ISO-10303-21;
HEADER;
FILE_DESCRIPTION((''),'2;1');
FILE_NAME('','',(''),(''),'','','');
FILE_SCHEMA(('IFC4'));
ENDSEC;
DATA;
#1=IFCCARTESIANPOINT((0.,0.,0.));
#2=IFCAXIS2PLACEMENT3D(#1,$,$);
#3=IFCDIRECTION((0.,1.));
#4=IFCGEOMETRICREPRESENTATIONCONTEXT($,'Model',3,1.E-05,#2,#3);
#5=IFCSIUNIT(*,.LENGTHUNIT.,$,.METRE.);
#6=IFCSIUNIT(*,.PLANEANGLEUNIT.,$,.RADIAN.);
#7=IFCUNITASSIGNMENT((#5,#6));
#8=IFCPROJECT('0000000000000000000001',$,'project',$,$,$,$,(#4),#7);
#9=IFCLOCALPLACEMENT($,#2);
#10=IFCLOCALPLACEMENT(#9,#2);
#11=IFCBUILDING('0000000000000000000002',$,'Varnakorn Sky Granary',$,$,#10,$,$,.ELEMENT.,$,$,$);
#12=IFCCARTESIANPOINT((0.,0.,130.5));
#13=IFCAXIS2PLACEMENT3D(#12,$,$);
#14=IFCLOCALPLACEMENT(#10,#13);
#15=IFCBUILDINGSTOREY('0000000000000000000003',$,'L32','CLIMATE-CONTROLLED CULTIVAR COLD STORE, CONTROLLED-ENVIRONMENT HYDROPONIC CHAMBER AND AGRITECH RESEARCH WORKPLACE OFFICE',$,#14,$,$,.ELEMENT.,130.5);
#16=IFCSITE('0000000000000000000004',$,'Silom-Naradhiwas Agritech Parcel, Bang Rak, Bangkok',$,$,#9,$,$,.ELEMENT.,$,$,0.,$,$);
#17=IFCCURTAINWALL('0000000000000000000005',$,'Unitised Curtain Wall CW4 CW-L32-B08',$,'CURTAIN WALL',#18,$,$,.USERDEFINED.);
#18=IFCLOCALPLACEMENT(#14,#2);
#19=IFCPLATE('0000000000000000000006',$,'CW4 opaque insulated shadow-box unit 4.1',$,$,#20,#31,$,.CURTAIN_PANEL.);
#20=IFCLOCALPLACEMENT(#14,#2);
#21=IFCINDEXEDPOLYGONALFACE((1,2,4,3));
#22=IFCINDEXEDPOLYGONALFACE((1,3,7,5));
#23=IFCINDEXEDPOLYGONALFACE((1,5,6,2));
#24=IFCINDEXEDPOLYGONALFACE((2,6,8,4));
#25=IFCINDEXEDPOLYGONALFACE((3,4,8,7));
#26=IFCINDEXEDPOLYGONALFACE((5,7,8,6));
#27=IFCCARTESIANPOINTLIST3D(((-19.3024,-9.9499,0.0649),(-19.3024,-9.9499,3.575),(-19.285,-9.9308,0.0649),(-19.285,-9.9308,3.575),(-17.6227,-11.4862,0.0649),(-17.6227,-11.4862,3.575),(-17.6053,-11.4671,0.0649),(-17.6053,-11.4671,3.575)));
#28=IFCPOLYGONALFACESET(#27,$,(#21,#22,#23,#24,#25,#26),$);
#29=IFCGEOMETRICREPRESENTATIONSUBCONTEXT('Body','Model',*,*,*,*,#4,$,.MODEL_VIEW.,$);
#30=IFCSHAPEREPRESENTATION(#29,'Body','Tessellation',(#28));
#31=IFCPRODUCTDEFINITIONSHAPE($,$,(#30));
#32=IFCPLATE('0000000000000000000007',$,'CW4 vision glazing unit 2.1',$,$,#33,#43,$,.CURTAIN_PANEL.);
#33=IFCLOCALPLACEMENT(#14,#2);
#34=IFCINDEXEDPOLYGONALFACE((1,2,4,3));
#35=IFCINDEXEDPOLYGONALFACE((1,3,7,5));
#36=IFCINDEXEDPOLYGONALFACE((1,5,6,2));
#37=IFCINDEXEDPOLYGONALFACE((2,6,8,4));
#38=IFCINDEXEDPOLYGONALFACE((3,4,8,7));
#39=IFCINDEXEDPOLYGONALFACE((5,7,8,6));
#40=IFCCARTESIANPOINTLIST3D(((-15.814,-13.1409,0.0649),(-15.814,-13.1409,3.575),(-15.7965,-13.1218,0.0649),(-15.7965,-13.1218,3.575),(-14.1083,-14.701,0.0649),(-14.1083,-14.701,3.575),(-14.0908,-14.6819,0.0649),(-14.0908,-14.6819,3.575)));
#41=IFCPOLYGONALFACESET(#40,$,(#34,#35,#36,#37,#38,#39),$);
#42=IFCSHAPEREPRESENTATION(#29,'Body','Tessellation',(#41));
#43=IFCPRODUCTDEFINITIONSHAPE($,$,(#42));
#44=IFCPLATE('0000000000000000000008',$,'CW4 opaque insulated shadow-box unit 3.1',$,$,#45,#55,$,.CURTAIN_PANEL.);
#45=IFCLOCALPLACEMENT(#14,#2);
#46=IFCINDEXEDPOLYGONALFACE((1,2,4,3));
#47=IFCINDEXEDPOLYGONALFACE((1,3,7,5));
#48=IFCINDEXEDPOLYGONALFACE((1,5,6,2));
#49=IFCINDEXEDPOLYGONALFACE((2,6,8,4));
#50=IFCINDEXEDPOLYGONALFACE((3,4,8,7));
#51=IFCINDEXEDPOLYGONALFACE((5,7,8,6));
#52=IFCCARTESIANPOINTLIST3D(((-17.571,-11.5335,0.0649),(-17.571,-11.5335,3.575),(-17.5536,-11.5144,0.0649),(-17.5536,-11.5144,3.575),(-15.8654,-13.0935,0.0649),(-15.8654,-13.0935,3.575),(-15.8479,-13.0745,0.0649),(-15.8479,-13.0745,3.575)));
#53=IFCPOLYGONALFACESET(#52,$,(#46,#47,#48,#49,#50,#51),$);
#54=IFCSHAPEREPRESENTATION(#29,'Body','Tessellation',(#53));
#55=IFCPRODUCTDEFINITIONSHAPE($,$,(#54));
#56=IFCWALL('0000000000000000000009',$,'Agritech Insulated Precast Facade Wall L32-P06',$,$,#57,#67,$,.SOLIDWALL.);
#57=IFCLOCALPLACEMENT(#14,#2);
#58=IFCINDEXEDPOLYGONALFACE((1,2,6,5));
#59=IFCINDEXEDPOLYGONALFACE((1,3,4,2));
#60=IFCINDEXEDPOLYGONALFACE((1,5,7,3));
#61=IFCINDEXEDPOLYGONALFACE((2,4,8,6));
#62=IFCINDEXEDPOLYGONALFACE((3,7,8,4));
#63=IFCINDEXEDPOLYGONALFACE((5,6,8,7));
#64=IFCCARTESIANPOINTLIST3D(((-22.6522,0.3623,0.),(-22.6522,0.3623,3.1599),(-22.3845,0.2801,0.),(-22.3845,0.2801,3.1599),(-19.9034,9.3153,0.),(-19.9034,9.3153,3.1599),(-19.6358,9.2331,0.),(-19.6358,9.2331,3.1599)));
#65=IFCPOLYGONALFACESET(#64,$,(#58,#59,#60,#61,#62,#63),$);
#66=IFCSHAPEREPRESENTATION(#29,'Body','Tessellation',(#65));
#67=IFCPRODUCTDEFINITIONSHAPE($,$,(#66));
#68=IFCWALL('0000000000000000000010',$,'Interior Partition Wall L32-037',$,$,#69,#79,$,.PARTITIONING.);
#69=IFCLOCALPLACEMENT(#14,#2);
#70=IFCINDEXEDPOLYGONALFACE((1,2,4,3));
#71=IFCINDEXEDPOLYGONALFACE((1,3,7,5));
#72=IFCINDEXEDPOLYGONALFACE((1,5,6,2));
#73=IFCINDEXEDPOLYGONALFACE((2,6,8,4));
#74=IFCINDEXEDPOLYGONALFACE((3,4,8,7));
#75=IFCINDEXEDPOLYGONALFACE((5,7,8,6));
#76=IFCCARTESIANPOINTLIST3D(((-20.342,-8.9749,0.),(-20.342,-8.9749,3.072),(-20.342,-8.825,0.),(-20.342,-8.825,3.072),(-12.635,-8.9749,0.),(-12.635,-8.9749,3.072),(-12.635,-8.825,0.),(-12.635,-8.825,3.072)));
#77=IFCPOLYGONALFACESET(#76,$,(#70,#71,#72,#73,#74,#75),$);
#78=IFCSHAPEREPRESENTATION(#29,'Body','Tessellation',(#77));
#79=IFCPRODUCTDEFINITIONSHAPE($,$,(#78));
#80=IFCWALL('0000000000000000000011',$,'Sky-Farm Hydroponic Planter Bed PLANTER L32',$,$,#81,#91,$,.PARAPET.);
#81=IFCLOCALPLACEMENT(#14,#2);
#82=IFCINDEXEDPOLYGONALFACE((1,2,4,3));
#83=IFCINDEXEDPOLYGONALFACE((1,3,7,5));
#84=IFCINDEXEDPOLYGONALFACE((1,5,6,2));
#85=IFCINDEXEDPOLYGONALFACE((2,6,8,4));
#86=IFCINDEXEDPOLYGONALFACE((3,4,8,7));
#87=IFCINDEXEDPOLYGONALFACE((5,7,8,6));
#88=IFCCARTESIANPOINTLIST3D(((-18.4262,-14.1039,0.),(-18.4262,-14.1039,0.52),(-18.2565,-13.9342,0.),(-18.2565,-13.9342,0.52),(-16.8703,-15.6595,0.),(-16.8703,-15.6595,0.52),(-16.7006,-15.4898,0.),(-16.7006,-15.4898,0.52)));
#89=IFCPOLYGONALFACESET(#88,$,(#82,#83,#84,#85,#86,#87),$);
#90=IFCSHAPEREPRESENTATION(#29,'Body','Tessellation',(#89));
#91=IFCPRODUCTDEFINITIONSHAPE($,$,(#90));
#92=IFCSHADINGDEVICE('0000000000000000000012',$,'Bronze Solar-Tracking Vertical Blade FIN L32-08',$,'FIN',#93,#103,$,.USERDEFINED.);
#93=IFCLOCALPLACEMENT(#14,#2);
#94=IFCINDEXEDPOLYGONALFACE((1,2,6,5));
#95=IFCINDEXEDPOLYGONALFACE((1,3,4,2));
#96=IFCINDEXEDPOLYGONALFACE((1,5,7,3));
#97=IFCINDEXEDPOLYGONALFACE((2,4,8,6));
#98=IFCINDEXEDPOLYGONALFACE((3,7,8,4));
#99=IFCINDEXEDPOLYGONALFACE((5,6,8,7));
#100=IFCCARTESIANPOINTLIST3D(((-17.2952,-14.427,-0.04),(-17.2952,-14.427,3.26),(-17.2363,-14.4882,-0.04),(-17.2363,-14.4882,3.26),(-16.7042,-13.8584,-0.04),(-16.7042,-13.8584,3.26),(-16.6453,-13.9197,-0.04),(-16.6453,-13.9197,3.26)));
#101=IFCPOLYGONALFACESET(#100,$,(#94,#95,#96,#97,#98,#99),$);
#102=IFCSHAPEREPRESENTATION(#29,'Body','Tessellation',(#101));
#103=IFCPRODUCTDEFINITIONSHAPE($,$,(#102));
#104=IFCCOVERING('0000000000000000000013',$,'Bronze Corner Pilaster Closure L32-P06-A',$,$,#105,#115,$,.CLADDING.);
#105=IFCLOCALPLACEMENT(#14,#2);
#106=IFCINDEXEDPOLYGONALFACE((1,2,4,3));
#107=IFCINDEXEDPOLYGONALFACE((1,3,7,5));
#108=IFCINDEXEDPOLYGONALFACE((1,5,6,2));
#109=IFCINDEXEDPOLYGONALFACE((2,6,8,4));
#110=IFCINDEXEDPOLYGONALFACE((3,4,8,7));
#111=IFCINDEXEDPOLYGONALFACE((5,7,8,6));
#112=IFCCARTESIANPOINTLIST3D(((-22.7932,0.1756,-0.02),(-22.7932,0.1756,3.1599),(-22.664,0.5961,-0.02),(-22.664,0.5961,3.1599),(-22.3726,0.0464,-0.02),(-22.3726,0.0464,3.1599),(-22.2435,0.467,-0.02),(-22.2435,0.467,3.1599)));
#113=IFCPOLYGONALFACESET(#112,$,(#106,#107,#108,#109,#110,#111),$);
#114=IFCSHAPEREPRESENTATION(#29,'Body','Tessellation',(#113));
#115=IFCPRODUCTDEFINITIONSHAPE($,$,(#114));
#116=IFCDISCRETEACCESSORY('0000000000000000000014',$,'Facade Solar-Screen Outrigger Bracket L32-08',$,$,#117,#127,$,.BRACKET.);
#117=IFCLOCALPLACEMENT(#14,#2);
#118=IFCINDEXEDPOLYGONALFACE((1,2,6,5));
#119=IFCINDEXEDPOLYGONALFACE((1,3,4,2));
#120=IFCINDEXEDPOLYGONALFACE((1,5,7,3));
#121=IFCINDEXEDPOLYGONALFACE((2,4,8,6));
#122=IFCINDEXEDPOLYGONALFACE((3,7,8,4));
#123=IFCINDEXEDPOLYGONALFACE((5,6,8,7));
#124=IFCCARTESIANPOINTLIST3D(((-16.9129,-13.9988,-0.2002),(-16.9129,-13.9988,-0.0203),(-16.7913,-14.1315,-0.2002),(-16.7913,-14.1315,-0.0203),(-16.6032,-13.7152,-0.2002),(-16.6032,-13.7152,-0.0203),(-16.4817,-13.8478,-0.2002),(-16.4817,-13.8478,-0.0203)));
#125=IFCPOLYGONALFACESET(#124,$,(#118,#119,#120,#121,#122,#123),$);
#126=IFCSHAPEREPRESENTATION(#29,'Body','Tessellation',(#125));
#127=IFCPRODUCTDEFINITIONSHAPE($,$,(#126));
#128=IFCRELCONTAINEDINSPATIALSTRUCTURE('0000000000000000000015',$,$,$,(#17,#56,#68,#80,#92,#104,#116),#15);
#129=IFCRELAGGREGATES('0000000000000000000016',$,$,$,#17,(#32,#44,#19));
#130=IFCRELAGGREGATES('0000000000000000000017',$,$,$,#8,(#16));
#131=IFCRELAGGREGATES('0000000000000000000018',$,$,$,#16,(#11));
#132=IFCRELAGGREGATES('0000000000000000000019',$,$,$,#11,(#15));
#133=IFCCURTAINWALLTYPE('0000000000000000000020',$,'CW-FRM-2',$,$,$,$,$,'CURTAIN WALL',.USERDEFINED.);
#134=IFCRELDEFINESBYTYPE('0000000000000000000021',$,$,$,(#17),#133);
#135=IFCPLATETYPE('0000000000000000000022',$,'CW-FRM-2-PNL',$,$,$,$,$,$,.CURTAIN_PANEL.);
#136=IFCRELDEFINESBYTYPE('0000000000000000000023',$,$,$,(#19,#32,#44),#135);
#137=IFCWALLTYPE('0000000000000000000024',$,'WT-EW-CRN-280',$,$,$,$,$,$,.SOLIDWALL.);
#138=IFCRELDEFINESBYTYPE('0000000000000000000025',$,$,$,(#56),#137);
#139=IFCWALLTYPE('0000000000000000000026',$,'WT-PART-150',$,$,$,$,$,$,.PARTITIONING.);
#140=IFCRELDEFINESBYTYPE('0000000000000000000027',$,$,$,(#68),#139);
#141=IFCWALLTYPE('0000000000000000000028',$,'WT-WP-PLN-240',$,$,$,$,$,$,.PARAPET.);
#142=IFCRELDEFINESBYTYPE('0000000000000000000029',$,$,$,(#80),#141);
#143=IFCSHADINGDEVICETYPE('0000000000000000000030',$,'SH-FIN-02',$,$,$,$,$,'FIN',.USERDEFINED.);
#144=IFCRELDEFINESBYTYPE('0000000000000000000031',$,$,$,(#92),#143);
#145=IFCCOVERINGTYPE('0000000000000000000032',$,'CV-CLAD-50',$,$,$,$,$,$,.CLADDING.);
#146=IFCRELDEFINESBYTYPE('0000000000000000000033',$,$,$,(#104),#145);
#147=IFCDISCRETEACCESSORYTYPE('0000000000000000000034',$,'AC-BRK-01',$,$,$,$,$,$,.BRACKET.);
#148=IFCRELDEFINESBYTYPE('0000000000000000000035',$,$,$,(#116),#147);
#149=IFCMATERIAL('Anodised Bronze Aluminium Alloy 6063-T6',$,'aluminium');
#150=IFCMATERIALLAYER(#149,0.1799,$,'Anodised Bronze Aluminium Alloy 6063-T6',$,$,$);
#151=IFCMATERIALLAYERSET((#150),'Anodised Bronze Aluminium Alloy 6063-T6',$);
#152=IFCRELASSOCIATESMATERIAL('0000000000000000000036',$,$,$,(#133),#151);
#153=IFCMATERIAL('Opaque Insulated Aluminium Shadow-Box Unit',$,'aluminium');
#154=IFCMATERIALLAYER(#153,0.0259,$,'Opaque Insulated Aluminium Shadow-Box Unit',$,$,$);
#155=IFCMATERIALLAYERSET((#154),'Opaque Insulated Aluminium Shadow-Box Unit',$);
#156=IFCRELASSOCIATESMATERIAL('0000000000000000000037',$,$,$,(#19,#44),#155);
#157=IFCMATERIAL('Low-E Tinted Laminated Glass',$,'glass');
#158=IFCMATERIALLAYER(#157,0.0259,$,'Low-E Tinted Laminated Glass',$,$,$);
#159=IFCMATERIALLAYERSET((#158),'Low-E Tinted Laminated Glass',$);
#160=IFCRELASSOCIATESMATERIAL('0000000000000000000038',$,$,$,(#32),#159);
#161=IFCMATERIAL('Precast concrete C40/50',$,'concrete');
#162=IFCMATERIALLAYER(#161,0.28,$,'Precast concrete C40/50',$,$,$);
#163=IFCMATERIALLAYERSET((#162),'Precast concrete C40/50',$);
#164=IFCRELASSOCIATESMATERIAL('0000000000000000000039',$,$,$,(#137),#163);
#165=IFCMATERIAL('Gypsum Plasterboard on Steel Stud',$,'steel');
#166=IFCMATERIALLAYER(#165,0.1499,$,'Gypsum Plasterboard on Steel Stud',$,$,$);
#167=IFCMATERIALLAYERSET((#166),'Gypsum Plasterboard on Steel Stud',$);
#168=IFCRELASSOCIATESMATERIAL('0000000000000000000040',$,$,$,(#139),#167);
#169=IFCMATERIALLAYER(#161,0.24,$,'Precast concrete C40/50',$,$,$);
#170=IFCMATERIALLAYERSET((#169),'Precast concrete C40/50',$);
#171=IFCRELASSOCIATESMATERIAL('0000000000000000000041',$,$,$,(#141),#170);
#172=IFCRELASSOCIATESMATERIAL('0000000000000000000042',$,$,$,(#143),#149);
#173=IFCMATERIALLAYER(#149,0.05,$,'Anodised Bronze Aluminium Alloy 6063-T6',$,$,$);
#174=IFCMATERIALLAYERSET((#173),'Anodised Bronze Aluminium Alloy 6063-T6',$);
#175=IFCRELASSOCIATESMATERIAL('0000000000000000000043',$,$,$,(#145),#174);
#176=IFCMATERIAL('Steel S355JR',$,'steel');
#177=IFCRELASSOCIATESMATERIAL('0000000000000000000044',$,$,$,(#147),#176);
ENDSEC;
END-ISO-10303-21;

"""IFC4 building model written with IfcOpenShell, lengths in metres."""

from ifc_helpers import new_model, si_unit, direction, frame, frame_2d, origin, origin_2d, place, context, subcontext, project, spatial, rectangle, extrude, source, transform, mapped, material, layer, layer_set, type_object, type_shapes, element, aggregate, save


model = new_model("IFC4")

# Units and contexts
model_context = context("Model", 3, precision=1e-05, world=origin(), true_north=direction((0.0, 1.0)))
body_context = subcontext(model_context, "Body", "Model", "MODEL_VIEW")
ifc_project = project(units=[si_unit("LENGTHUNIT", "METRE"), si_unit("PLANEANGLEUNIT", "RADIAN")], contexts=[model_context])

# Site, building, storey
site_placement = place(None, origin())
site = spatial("IfcSite", under=ifc_project, at=site_placement, Name="Silom-Naradhiwas Agritech Parcel, Bang Rak, Bangkok", CompositionType="ELEMENT", RefElevation=0.0)
building_placement = place(site_placement, origin())
building = spatial("IfcBuilding", under=site, at=building_placement, Name="Varnakorn Sky Granary", CompositionType="ELEMENT")
storey_placement = place(building_placement, frame((0.0, 0.0, 130.5)))
storey = spatial("IfcBuildingStorey", under=building, at=storey_placement, Name="L32", Description="CLIMATE-CONTROLLED CULTIVAR COLD STORE, CONTROLLED-ENVIRONMENT HYDROPONIC CHAMBER AND AGRITECH RESEARCH WORKPLACE OFFICE", CompositionType="ELEMENT", Elevation=130.5)

# Shared definitions
ifc_material_1 = material(Name="Steel S355JR", Category="steel")

# Curtain wall
ifc_material_2 = material(Name="Anodised Bronze Aluminium Alloy 6063-T6", Category="aluminium")
ifc_layer_1 = layer(ifc_material_2, 0.1799, Name="Anodised Bronze Aluminium Alloy 6063-T6")
ifc_layer_set_1 = layer_set([ifc_layer_1], Name="Anodised Bronze Aluminium Alloy 6063-T6")
curtain_wall_type = type_object("IfcCurtainWallType", Name="CW-FRM-2", ElementType="CURTAIN WALL", PredefinedType="USERDEFINED", material=ifc_layer_set_1)
curtain_wall_1_placement = place(storey_placement, origin())
curtain_wall_1 = element("IfcCurtainWall", 1, at=curtain_wall_1_placement, inside=storey, type_object=curtain_wall_type, Name="Unitised Curtain Wall CW4 CW-L32-B08", ObjectType="CURTAIN WALL", PredefinedType="USERDEFINED")

# Plates
ifc_material_3 = material(Name="Opaque Insulated Aluminium Shadow-Box Unit", Category="aluminium")
ifc_layer_2 = layer(ifc_material_3, 0.0259, Name="Opaque Insulated Aluminium Shadow-Box Unit")
ifc_layer_set_2 = layer_set([ifc_layer_2], Name="Opaque Insulated Aluminium Shadow-Box Unit")
plate_type = type_object("IfcPlateType", Name="CW-FRM-2-PNL", PredefinedType="CURTAIN_PANEL")
ifc_material_4 = material(Name="Low-E Tinted Laminated Glass", Category="glass")
ifc_layer_3 = layer(ifc_material_4, 0.0259, Name="Low-E Tinted Laminated Glass")
ifc_layer_set_3 = layer_set([ifc_layer_3], Name="Low-E Tinted Laminated Glass")
shared_shape_1 = source(origin(), body_context, "Body", "SweptSolid", [
    extrude(rectangle(XDim=2.2764, YDim=0.0259, at=origin_2d()), origin(), (0.0, 0.0, 1.0), 3.51),
])
plate_1_placement = place(storey_placement, frame((-18.4539, -10.7085, 0.0649), z_axis=(0.0, 0.0, 1.0), x_axis=(-0.737893, 0.674918, 0.0)))
plate_1 = element("IfcPlate", 2, at=plate_1_placement, type_object=plate_type, material=ifc_layer_set_2, Name="CW4 opaque insulated shadow-box unit 4.1", PredefinedType="CURTAIN_PANEL", context=body_context, shape_type="MappedRepresentation", body=[
    mapped(shared_shape_1, transform((0.0, 0.0, 0.0), x_axis=(1.0, 0.0, 0.0), y_axis=(0.0, 1.0, 0.0), z_axis=(0.0, 0.0, 1.0), scale=1.0)),
])
shared_shape_2 = source(origin(), body_context, "Body", "SweptSolid", [
    extrude(rectangle(XDim=2.3115, YDim=0.0259, at=origin_2d()), origin(), (0.0, 0.0, 1.0), 3.51),
])
plate_2_placement = place(storey_placement, frame((-14.9524, -13.9114, 0.0649), z_axis=(0.0, 0.0, 1.0), x_axis=(-0.737893, 0.674918, 0.0)))
plate_2 = element("IfcPlate", 3, at=plate_2_placement, type_object=plate_type, material=ifc_layer_set_3, Name="CW4 vision glazing unit 2.1", PredefinedType="CURTAIN_PANEL", context=body_context, shape_type="MappedRepresentation", body=[
    mapped(shared_shape_2, transform((0.0, 0.0, 0.0), x_axis=(1.0, 0.0, 0.0), y_axis=(0.0, 1.0, 0.0), z_axis=(0.0, 0.0, 1.0), scale=1.0)),
])
plate_3_placement = place(storey_placement, frame((-16.7095, -12.304, 0.0649), z_axis=(0.0, 0.0, 1.0), x_axis=(-0.737893, 0.674918, 0.0)))
plate_3 = element("IfcPlate", 4, at=plate_3_placement, type_object=plate_type, material=ifc_layer_set_2, Name="CW4 opaque insulated shadow-box unit 3.1", PredefinedType="CURTAIN_PANEL", context=body_context, shape_type="MappedRepresentation", body=[
    mapped(shared_shape_2, transform((0.0, 0.0, 0.0), x_axis=(1.0, 0.0, 0.0), y_axis=(0.0, 1.0, 0.0), z_axis=(0.0, 0.0, 1.0), scale=1.0)),
])
aggregate(curtain_wall_1, [plate_2, plate_3, plate_1])

# Walls
ifc_material_5 = material(Name="Precast concrete C40/50", Category="concrete")
ifc_layer_4 = layer(ifc_material_5, 0.28, Name="Precast concrete C40/50")
ifc_layer_set_4 = layer_set([ifc_layer_4], Name="Precast concrete C40/50")
wall_type_1 = type_object("IfcWallType", Name="WT-EW-CRN-280", PredefinedType="SOLIDWALL", material=ifc_layer_set_4)
wall_1_placement = place(storey_placement, frame((-22.5183, 0.3213, 0.0), z_axis=(0.0, 0.0, 1.0), x_axis=(0.293498, 0.95596, 0.0)))
element("IfcWall", 5, at=wall_1_placement, inside=storey, type_object=wall_type_1, Name="Agritech Insulated Precast Facade Wall L32-P06", PredefinedType="SOLIDWALL", context=body_context, shape_type="SweptSolid", body=[
    extrude(rectangle(XDim=9.3655, YDim=0.28, at=frame_2d((4.6826, 0.0))), origin(), (0.0, 0.0, 1.0), 3.1599),
])
ifc_material_6 = material(Name="Gypsum Plasterboard on Steel Stud", Category="steel")
ifc_layer_5 = layer(ifc_material_6, 0.1499, Name="Gypsum Plasterboard on Steel Stud")
ifc_layer_set_5 = layer_set([ifc_layer_5], Name="Gypsum Plasterboard on Steel Stud")
wall_type_2 = type_object("IfcWallType", Name="WT-PART-150", PredefinedType="PARTITIONING", material=ifc_layer_set_5)
wall_2_placement = place(storey_placement, frame((-20.342, -8.8999, 0.0), z_axis=(0.0, 0.0, 1.0), x_axis=(1.0, 0.0, 0.0)))
element("IfcWall", 6, at=wall_2_placement, inside=storey, type_object=wall_type_2, Name="Interior Partition Wall L32-037", PredefinedType="PARTITIONING", context=body_context, shape_type="SweptSolid", body=[
    extrude(rectangle(XDim=7.707, YDim=0.1499, at=frame_2d((3.8535, 0.0))), origin(), (0.0, 0.0, 1.0), 3.072),
])
ifc_layer_6 = layer(ifc_material_5, 0.24, Name="Precast concrete C40/50")
ifc_layer_set_6 = layer_set([ifc_layer_6], Name="Precast concrete C40/50")
wall_type_3 = type_object("IfcWallType", Name="WT-WP-PLN-240", PredefinedType="PARAPET", material=ifc_layer_set_6)
wall_3_placement = place(storey_placement, frame((-18.3413, -14.019, 0.0), z_axis=(0.0, 0.0, 1.0), x_axis=(0.707162, -0.707051, 0.0)))
element("IfcWall", 7, at=wall_3_placement, inside=storey, type_object=wall_type_3, Name="Sky-Farm Hydroponic Planter Bed PLANTER L32", PredefinedType="PARAPET", context=body_context, shape_type="SweptSolid", body=[
    extrude(rectangle(XDim=2.2002, YDim=0.24, at=frame_2d((1.1001, 0.0))), origin(), (0.0, 0.0, 1.0), 0.52),
])

# Shading device
shading_device_type = type_object("IfcShadingDeviceType", Name="SH-FIN-02", ElementType="FIN", PredefinedType="USERDEFINED", material=ifc_material_2)
shared_shape_3 = source(origin(), body_context, "Body", "SweptSolid", [
    extrude(rectangle(XDim=0.085, YDim=0.8201, at=origin_2d()), origin(), (0.0, 0.0, 1.0), 3.3),
])
type_shapes(shading_device_type, [shared_shape_3])
shading_device_placement = place(storey_placement, frame((-16.9702, -14.1733, -0.04), z_axis=(0.0, 0.0, 1.0), x_axis=(0.693305, -0.720644, 0.0)))
element("IfcShadingDevice", 8, at=shading_device_placement, inside=storey, type_object=shading_device_type, Name="Bronze Solar-Tracking Vertical Blade FIN L32-08", ObjectType="FIN", PredefinedType="USERDEFINED", context=body_context, shape_type="MappedRepresentation", body=[
    mapped(shared_shape_3, transform((0.0, 0.0, 0.0), x_axis=(1.0, 0.0, 0.0), y_axis=(0.0, 1.0, 0.0), z_axis=(0.0, 0.0, 1.0), scale=1.0)),
])

# Covering
ifc_layer_7 = layer(ifc_material_2, 0.05, Name="Anodised Bronze Aluminium Alloy 6063-T6")
ifc_layer_set_7 = layer_set([ifc_layer_7], Name="Anodised Bronze Aluminium Alloy 6063-T6")
covering_type = type_object("IfcCoveringType", Name="CV-CLAD-50", PredefinedType="CLADDING", material=ifc_layer_set_7)
shared_shape_4 = source(origin(), body_context, "Body", "SweptSolid", [
    extrude(rectangle(XDim=0.4399, YDim=0.4399, at=origin_2d()), origin(), (0.0, 0.0, 1.0), 3.1799),
])
type_shapes(covering_type, [shared_shape_4])
covering_placement = place(storey_placement, frame((-22.5183, 0.3213, -0.02), z_axis=(0.0, 0.0, 1.0), x_axis=(0.29354, 0.955947, 0.0)))
element("IfcCovering", 9, at=covering_placement, inside=storey, type_object=covering_type, Name="Bronze Corner Pilaster Closure L32-P06-A", PredefinedType="CLADDING", context=body_context, shape_type="MappedRepresentation", body=[
    mapped(shared_shape_4, transform((0.0, 0.0, 0.0), x_axis=(1.0, 0.0, 0.0), y_axis=(0.0, 1.0, 0.0), z_axis=(0.0, 0.0, 1.0), scale=1.0)),
])

# Discrete accessory
discrete_accessory_type = type_object("IfcDiscreteAccessoryType", Name="AC-BRK-01", PredefinedType="BRACKET", material=ifc_material_1)
shared_shape_5 = source(origin(), body_context, "Body", "SweptSolid", [
    extrude(rectangle(XDim=0.1799, YDim=0.4199, at=origin_2d()), origin(), (0.0, 0.0, 1.0), 0.1799),
])
type_shapes(discrete_accessory_type, [shared_shape_5])
discrete_accessory_placement = place(storey_placement, frame((-16.6973, -13.9233, -0.2002), z_axis=(0.0, 0.0, 1.0), x_axis=(0.675527, -0.737335, 0.0)))
element("IfcDiscreteAccessory", 10, at=discrete_accessory_placement, inside=storey, type_object=discrete_accessory_type, Name="Facade Solar-Screen Outrigger Bracket L32-08", PredefinedType="BRACKET", context=body_context, shape_type="MappedRepresentation", body=[
    mapped(shared_shape_5, transform((0.0, 0.0, 0.0), x_axis=(1.0, 0.0, 0.0), y_axis=(0.0, 1.0, 0.0), z_axis=(0.0, 0.0, 1.0), scale=1.0)),
])

save(model, "model.ifc")
